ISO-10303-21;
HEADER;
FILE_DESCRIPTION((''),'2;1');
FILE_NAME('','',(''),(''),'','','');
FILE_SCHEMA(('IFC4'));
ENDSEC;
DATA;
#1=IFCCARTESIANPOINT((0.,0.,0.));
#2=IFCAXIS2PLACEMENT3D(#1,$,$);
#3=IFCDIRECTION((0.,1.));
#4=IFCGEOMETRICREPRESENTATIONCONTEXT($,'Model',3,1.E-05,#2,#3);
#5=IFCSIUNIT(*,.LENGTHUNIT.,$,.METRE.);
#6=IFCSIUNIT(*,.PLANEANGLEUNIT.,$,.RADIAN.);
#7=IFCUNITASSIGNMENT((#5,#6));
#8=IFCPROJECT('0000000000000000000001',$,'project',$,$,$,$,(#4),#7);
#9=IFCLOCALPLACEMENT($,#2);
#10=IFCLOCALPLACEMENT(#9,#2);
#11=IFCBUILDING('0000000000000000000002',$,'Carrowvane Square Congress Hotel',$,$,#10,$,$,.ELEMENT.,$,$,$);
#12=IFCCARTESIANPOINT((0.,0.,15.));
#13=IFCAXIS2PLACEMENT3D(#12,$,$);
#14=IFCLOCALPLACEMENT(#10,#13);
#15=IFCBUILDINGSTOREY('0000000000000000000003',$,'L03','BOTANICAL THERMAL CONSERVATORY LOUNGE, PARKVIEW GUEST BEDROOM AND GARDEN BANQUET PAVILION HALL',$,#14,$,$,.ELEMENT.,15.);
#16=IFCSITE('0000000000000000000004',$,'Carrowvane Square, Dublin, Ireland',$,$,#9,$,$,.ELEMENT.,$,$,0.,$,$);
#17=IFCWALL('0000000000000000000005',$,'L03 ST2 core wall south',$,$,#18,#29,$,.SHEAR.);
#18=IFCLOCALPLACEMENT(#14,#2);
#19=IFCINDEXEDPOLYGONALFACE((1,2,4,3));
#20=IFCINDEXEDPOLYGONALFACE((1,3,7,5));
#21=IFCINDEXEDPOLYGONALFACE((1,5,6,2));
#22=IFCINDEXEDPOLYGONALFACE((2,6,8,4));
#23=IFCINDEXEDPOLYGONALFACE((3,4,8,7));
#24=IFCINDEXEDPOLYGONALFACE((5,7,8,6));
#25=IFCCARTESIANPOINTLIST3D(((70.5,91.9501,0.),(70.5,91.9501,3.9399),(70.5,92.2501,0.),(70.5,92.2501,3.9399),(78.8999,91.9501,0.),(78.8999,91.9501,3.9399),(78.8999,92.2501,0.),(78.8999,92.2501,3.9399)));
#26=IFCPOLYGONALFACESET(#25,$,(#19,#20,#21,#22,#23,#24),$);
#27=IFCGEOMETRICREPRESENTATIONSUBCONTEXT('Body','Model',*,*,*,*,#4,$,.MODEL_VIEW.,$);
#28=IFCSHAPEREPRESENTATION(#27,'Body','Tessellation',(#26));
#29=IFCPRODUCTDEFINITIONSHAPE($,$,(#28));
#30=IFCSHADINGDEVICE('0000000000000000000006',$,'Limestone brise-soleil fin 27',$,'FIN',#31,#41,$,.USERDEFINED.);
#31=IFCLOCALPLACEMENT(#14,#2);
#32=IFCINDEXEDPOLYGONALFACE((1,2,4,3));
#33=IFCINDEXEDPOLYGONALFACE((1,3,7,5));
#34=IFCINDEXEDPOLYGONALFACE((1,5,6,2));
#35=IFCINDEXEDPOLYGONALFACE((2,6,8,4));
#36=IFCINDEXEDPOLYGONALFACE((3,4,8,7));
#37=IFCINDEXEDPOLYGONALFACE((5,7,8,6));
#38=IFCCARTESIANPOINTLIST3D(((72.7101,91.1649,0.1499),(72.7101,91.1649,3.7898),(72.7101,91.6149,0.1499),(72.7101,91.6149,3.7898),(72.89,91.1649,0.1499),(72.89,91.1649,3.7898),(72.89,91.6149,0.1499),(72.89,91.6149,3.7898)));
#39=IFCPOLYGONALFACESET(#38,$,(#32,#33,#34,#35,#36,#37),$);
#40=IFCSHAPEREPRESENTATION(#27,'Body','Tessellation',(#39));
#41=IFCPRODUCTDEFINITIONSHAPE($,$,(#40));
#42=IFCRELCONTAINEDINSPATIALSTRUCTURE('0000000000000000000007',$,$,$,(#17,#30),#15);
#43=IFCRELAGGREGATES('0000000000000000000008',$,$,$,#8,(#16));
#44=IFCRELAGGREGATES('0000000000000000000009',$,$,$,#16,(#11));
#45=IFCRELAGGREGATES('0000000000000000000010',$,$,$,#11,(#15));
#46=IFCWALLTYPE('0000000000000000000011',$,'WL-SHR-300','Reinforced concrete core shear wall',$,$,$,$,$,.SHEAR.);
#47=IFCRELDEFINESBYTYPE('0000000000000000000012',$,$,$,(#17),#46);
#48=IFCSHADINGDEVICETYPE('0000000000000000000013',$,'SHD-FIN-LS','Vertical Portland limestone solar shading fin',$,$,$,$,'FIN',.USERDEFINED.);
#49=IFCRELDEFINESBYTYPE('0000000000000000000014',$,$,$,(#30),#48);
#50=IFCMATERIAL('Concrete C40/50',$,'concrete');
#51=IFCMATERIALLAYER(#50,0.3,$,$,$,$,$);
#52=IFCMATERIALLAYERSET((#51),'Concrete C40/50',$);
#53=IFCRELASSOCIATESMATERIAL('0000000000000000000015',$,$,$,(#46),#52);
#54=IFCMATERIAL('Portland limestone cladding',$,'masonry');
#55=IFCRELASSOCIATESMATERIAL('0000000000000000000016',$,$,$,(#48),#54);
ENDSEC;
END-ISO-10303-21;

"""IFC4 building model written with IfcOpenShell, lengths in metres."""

from ifc_helpers import new_model, si_unit, direction, frame, frame_2d, origin, origin_2d, place, context, subcontext, project, spatial, rectangle, extrude, material, layer, layer_set, type_object, element, save


model = new_model("IFC4")

# Units and contexts
model_context = context("Model", 3, precision=1e-05, world=origin(), true_north=direction((0.0, 1.0)))
body_context = subcontext(model_context, "Body", "Model", "MODEL_VIEW")
ifc_project = project(units=[si_unit("LENGTHUNIT", "METRE"), si_unit("PLANEANGLEUNIT", "RADIAN")], contexts=[model_context])

# Site, building, storey
site_placement = place(None, origin())
site = spatial("IfcSite", under=ifc_project, at=site_placement, Name="Carrowvane Square, Dublin, Ireland", CompositionType="ELEMENT", RefElevation=0.0)
building_placement = place(site_placement, origin())
building = spatial("IfcBuilding", under=site, at=building_placement, Name="Carrowvane Square Congress Hotel", CompositionType="ELEMENT")
storey_placement = place(building_placement, frame((0.0, 0.0, 15.0)))
storey = spatial("IfcBuildingStorey", under=building, at=storey_placement, Name="L03", Description="BOTANICAL THERMAL CONSERVATORY LOUNGE, PARKVIEW GUEST BEDROOM AND GARDEN BANQUET PAVILION HALL", CompositionType="ELEMENT", Elevation=15.0)

# Wall
ifc_material_1 = material(Name="Concrete C40/50", Category="concrete")
ifc_layer_1 = layer(ifc_material_1, 0.3)
ifc_layer_set_1 = layer_set([ifc_layer_1], Name="Concrete C40/50")
wall_type_1 = type_object("IfcWallType", Name="WL-SHR-300", Description="Reinforced concrete core shear wall", PredefinedType="SHEAR", material=ifc_layer_set_1)
wall_1_placement = place(storey_placement, frame((70.5, 92.1001, 0.0), z_axis=(0.0, 0.0, 1.0), x_axis=(1.0, 0.0, 0.0)))
element("IfcWall", 1, at=wall_1_placement, inside=storey, type_object=wall_type_1, Name="L03 ST2 core wall south", PredefinedType="SHEAR", context=body_context, shape_type="SweptSolid", body=[
    extrude(rectangle(XDim=8.3999, YDim=0.3, at=frame_2d((4.2, 0.0))), origin(), (0.0, 0.0, 1.0), 3.9399),
])

# Shading device
ifc_material_2 = material(Name="Portland limestone cladding", Category="masonry")
shading_device_type = type_object("IfcShadingDeviceType", Name="SHD-FIN-LS", Description="Vertical Portland limestone solar shading fin", ElementType="FIN", PredefinedType="USERDEFINED", material=ifc_material_2)
shading_device_placement = place(storey_placement, frame((72.8, 91.3899, 0.1499), z_axis=(0.0, 0.0, 1.0), x_axis=(-1.0, 0.0, 0.0)))
element("IfcShadingDevice", 2, at=shading_device_placement, inside=storey, type_object=shading_device_type, Name="Limestone brise-soleil fin 27", ObjectType="FIN", PredefinedType="USERDEFINED", context=body_context, shape_type="SweptSolid", body=[
    extrude(rectangle(XDim=0.1799, YDim=0.45, at=origin_2d()), origin(), (0.0, 0.0, 1.0), 3.6399),
])

save(model, "model.ifc")
